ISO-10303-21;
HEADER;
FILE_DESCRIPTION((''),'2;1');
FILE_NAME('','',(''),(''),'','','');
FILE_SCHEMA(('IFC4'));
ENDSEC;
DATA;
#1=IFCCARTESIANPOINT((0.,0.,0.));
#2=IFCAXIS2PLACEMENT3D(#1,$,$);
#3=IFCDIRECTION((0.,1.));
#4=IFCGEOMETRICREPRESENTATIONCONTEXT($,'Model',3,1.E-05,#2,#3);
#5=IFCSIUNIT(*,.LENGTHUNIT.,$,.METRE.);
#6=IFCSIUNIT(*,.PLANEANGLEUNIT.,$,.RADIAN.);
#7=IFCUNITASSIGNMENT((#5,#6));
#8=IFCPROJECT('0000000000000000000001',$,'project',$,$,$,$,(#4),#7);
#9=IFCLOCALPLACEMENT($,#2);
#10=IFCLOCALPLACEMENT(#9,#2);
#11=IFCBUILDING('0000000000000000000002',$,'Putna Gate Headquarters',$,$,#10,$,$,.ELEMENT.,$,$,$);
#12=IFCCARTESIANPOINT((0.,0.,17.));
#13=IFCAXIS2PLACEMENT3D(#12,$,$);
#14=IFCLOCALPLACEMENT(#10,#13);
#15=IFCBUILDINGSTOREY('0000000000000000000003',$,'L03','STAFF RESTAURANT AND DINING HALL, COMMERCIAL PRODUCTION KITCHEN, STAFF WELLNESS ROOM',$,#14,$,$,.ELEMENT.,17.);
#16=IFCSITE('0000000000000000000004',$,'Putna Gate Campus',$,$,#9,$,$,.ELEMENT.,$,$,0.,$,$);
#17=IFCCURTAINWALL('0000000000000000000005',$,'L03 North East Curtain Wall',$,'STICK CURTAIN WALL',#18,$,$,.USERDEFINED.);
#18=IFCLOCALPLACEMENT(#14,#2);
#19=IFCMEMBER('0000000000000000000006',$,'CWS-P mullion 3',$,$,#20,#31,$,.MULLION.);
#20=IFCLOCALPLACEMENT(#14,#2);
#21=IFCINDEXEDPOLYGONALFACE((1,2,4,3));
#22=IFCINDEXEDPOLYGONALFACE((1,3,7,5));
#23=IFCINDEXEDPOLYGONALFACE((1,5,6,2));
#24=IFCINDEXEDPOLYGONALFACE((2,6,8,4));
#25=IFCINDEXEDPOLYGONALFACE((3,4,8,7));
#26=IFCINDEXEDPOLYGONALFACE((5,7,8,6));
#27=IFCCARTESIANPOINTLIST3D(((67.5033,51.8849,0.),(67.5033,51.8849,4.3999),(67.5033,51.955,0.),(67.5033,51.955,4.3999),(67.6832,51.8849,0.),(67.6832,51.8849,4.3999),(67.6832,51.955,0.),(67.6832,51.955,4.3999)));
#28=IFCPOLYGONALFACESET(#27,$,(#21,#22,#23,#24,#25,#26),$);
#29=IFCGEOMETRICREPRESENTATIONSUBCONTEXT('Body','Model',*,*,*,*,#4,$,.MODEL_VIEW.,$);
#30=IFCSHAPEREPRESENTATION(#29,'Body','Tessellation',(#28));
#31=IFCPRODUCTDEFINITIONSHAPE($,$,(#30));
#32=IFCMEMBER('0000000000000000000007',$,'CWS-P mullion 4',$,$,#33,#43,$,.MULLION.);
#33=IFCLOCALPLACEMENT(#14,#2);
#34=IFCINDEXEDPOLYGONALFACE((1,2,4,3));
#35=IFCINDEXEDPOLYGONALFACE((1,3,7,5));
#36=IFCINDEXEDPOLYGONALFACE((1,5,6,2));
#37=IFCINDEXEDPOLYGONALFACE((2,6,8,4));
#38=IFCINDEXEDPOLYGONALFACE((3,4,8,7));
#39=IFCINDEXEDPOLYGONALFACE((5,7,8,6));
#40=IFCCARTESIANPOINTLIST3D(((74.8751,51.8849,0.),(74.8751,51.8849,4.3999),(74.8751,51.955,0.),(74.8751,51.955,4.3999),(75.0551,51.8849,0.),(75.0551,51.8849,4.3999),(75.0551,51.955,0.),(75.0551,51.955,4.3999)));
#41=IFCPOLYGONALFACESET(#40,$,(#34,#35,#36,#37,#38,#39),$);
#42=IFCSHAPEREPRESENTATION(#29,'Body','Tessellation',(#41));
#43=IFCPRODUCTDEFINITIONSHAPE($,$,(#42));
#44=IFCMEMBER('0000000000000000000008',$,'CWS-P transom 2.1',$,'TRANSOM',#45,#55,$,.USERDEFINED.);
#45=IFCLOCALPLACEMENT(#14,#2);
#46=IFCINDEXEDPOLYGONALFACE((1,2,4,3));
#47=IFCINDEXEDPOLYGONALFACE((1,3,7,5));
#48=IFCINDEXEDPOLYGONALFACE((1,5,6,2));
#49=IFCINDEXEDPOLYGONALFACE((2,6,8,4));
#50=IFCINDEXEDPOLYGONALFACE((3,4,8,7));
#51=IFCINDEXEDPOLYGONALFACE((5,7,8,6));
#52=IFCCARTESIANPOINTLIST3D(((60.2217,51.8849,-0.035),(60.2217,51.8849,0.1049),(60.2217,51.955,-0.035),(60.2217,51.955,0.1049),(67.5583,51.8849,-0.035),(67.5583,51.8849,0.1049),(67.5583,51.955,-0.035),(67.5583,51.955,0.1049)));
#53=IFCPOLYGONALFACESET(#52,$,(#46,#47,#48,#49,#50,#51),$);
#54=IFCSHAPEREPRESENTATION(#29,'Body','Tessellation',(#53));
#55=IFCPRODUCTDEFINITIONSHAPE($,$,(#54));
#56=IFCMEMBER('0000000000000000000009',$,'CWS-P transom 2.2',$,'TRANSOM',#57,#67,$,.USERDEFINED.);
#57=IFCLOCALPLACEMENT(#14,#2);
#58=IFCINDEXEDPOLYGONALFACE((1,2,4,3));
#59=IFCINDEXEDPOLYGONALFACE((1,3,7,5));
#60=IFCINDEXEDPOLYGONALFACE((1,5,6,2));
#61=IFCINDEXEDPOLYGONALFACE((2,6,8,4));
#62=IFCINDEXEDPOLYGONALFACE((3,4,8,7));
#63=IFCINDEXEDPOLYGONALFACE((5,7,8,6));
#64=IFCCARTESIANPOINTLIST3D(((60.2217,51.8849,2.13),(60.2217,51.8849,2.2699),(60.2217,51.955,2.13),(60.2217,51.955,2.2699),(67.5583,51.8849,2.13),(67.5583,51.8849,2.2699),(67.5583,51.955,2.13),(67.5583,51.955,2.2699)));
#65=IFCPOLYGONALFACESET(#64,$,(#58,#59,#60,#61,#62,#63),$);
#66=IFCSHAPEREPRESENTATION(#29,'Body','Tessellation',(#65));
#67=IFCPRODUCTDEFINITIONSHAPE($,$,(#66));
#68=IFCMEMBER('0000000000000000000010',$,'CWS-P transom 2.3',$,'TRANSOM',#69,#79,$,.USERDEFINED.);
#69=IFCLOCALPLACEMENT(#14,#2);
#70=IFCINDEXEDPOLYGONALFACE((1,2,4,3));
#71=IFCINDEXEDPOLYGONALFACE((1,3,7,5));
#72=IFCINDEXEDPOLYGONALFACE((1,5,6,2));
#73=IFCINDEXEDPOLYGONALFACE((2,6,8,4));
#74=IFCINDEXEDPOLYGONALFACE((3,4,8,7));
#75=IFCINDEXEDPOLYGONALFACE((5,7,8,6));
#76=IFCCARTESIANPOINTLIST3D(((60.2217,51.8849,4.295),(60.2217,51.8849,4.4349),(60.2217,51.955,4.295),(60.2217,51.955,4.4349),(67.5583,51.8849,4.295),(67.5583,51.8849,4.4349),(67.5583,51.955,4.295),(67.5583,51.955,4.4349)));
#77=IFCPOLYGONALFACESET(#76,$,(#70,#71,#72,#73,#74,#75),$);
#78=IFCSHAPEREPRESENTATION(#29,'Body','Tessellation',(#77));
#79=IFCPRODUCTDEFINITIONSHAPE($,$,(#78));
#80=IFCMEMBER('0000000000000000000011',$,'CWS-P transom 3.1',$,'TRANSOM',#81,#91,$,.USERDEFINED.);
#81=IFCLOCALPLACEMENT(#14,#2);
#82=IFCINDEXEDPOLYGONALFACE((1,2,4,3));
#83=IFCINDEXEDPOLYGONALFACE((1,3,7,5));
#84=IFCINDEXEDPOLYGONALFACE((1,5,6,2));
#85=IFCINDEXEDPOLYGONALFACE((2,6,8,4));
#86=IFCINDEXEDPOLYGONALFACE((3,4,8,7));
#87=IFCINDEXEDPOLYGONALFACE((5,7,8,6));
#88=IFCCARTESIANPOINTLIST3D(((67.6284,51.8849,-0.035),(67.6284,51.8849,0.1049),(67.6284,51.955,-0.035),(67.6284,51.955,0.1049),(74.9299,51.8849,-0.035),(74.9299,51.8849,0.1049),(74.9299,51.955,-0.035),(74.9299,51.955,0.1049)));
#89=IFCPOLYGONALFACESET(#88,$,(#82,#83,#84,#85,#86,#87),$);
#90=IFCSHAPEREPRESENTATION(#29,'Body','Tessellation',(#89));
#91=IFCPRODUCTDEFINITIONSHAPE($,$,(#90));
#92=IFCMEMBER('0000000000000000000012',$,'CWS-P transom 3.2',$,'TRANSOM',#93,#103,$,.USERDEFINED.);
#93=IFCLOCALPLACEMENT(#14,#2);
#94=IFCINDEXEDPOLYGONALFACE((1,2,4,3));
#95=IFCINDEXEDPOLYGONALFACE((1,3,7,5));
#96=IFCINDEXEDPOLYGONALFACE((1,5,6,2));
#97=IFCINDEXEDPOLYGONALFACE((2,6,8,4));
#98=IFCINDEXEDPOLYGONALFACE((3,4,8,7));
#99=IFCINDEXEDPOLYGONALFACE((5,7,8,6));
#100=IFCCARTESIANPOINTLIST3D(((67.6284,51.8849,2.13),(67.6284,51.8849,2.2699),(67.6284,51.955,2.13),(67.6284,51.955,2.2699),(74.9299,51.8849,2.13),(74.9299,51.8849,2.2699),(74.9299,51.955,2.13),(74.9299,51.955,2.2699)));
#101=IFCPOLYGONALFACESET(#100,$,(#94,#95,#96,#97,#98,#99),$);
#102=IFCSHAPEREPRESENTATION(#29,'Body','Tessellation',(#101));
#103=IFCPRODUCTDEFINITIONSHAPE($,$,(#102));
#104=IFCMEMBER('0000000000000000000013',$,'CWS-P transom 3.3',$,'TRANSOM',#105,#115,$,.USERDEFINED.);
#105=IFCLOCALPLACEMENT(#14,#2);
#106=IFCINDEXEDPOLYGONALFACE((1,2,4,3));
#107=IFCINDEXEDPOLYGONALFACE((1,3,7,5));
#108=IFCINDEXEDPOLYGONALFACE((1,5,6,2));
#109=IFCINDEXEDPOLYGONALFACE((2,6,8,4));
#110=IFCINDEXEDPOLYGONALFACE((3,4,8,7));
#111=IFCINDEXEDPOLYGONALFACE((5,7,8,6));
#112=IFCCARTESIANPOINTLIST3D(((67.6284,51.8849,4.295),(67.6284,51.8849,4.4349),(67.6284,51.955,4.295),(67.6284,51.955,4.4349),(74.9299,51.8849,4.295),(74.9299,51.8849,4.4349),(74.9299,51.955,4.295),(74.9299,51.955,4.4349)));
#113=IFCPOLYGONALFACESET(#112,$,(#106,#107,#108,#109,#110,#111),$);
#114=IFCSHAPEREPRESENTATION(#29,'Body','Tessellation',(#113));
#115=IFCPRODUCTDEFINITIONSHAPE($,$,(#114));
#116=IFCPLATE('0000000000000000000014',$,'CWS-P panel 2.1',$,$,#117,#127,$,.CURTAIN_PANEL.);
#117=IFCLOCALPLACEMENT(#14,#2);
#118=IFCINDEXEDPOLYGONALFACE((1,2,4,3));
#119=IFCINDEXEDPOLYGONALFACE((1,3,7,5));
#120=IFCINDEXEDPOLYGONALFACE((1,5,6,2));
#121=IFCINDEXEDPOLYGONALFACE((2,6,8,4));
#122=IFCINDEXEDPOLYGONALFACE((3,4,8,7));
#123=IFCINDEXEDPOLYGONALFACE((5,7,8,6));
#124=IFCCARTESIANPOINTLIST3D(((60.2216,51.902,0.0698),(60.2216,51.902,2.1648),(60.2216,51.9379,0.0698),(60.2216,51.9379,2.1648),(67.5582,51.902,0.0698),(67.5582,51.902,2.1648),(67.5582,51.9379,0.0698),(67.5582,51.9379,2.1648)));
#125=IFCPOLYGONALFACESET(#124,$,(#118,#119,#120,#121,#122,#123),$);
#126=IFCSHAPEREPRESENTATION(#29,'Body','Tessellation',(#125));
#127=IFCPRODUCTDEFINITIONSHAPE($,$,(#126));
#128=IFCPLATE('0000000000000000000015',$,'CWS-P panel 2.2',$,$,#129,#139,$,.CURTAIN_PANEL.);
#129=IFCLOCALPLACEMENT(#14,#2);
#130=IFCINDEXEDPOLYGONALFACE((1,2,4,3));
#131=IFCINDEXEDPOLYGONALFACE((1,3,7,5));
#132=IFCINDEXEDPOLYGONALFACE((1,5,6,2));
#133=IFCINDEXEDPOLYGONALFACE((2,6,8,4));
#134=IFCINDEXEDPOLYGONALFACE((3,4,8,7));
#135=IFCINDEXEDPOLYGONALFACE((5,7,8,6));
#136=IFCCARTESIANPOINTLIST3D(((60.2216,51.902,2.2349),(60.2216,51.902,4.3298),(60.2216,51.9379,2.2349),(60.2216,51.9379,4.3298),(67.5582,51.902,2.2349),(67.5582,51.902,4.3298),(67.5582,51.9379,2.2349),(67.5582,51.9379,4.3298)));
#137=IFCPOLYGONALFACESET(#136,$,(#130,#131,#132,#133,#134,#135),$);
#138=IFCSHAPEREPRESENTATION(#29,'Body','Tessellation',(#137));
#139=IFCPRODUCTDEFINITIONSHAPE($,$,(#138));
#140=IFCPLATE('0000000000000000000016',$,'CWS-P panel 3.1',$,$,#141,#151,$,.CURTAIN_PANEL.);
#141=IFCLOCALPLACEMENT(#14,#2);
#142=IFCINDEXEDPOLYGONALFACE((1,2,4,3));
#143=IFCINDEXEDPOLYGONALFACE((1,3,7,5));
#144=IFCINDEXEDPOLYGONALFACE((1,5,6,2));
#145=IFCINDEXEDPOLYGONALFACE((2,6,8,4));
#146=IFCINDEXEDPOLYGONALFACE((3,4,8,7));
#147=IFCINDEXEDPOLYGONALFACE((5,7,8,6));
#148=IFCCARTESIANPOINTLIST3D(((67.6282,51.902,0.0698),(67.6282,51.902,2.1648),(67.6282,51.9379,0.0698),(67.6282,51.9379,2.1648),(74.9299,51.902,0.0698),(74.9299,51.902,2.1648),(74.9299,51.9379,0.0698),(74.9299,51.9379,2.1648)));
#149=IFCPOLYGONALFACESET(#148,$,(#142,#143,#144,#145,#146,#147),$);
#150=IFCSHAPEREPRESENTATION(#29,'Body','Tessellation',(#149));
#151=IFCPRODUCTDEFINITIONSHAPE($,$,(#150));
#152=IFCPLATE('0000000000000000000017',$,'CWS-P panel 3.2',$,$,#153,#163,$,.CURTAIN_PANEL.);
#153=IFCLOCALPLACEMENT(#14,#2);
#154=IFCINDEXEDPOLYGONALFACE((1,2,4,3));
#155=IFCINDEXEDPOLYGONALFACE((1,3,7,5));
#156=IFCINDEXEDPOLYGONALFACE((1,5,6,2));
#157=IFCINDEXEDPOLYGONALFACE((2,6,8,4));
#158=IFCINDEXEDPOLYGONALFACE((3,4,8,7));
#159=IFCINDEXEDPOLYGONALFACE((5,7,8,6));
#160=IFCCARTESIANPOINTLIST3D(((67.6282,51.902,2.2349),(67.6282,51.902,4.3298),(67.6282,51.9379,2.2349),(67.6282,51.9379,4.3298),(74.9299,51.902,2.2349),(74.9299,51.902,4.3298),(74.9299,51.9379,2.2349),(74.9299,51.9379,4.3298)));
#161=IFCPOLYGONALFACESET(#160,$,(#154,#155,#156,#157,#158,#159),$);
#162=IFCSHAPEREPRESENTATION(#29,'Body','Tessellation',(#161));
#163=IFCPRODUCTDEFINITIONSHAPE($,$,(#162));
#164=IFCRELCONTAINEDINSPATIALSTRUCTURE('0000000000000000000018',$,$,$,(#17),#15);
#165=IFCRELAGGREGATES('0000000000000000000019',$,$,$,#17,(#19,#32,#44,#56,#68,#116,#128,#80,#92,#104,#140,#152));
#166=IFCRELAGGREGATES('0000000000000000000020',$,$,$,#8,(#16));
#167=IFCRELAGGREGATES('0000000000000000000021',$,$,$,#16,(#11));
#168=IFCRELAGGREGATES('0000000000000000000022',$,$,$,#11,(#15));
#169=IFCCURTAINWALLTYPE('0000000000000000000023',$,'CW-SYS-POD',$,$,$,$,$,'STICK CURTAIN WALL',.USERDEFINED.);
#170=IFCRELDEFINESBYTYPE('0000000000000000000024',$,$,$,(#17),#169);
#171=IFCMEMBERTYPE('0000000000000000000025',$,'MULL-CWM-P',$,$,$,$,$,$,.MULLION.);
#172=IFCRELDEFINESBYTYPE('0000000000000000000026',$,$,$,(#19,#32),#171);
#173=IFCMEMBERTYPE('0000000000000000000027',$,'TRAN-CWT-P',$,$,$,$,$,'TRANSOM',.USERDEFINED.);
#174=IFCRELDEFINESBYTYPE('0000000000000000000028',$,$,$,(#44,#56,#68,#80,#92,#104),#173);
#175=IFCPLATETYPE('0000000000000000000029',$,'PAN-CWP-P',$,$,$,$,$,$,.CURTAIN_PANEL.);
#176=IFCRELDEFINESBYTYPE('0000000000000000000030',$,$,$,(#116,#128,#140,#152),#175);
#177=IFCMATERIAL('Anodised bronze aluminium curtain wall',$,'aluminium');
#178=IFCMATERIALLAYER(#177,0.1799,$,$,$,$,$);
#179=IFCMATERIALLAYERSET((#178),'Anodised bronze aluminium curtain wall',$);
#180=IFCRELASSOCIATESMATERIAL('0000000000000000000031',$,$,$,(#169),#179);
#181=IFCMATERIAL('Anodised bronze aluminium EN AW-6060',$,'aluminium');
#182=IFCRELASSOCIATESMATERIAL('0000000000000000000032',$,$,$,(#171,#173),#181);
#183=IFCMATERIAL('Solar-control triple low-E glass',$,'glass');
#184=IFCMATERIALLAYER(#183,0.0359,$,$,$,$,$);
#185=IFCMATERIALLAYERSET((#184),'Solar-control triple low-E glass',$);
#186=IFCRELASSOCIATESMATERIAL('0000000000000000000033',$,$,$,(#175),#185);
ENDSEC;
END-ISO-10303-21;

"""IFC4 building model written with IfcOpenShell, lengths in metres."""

from ifc_helpers import new_model, si_unit, direction, frame, origin, origin_2d, place, context, subcontext, project, spatial, rectangle, extrude, material, layer, layer_set, material_profile, profile_set, type_object, element, aggregate, save


model = new_model("IFC4")

# Units and contexts
model_context = context("Model", 3, precision=1e-05, world=origin(), true_north=direction((0.0, 1.0)))
body_context = subcontext(model_context, "Body", "Model", "MODEL_VIEW")
ifc_project = project(units=[si_unit("LENGTHUNIT", "METRE"), si_unit("PLANEANGLEUNIT", "RADIAN")], contexts=[model_context])

# Site, building, storey
site_placement = place(None, origin())
site = spatial("IfcSite", under=ifc_project, at=site_placement, Name="Putna Gate Campus", CompositionType="ELEMENT", RefElevation=0.0)
building_placement = place(site_placement, origin())
building = spatial("IfcBuilding", under=site, at=building_placement, Name="Putna Gate Headquarters", CompositionType="ELEMENT")
storey_placement = place(building_placement, frame((0.0, 0.0, 17.0)))
storey = spatial("IfcBuildingStorey", under=building, at=storey_placement, Name="L03", Description="STAFF RESTAURANT AND DINING HALL, COMMERCIAL PRODUCTION KITCHEN, STAFF WELLNESS ROOM", CompositionType="ELEMENT", Elevation=17.0)

# Curtain wall, members, plates
ifc_material_1 = material(Name="Anodised bronze aluminium curtain wall", Category="aluminium")
ifc_layer_1 = layer(ifc_material_1, 0.1799)
ifc_layer_set_1 = layer_set([ifc_layer_1], Name="Anodised bronze aluminium curtain wall")
curtain_wall_type = type_object("IfcCurtainWallType", Name="CW-SYS-POD", ElementType="STICK CURTAIN WALL", PredefinedType="USERDEFINED", material=ifc_layer_set_1)
curtain_wall_placement = place(storey_placement, origin())
curtain_wall = element("IfcCurtainWall", 1, at=curtain_wall_placement, inside=storey, type_object=curtain_wall_type, Name="L03 North East Curtain Wall", ObjectType="STICK CURTAIN WALL", PredefinedType="USERDEFINED")
ifc_material_2 = material(Name="Anodised bronze aluminium EN AW-6060", Category="aluminium")
ifc_material_profile_1 = material_profile(ifc_material_2, rectangle(XDim=0.0701, YDim=0.1799, at=origin_2d()), Name="Anodised bronze aluminium EN AW-6060")
ifc_profile_set_1 = profile_set([ifc_material_profile_1], Name="Anodised bronze aluminium EN AW-6060")
member_type_1 = type_object("IfcMemberType", Name="MULL-CWM-P", PredefinedType="MULLION", material=ifc_profile_set_1)
member_1_placement = place(storey_placement, frame((67.5933, 51.9199, 0.0), z_axis=(0.0, 0.0, 1.0), x_axis=(0.0, 1.0, 0.0)))
member_1 = element("IfcMember", 2, at=member_1_placement, type_object=member_type_1, Name="CWS-P mullion 3", PredefinedType="MULLION", context=body_context, shape_type="SweptSolid", body=[
    extrude(rectangle(XDim=0.0701, YDim=0.1799, at=origin_2d()), origin(), (0.0, 0.0, 1.0), 4.3999),
])
member_2_placement = place(storey_placement, frame((74.9651, 51.9199, 0.0), z_axis=(0.0, 0.0, 1.0), x_axis=(0.0, 1.0, 0.0)))
member_2 = element("IfcMember", 3, at=member_2_placement, type_object=member_type_1, Name="CWS-P mullion 4", PredefinedType="MULLION", context=body_context, shape_type="SweptSolid", body=[
    extrude(rectangle(XDim=0.0701, YDim=0.1799, at=origin_2d()), origin(), (0.0, 0.0, 1.0), 4.3999),
])
ifc_material_profile_2 = material_profile(ifc_material_2, rectangle(XDim=0.0701, YDim=0.1399, at=origin_2d()), Name="Anodised bronze aluminium EN AW-6060")
ifc_profile_set_2 = profile_set([ifc_material_profile_2], Name="Anodised bronze aluminium EN AW-6060")
member_type_2 = type_object("IfcMemberType", Name="TRAN-CWT-P", ElementType="TRANSOM", PredefinedType="USERDEFINED", material=ifc_profile_set_2)
member_3_placement = place(storey_placement, frame((60.2217, 51.9199, 0.0349), z_axis=(1.0, 0.0, 0.0), x_axis=(0.0, 1.0, 0.0)))
member_3 = element("IfcMember", 4, at=member_3_placement, type_object=member_type_2, Name="CWS-P transom 2.1", ObjectType="TRANSOM", PredefinedType="USERDEFINED", context=body_context, shape_type="SweptSolid", body=[
    extrude(rectangle(XDim=0.0701, YDim=0.1399, at=origin_2d()), origin(), (0.0, 0.0, 1.0), 7.3367),
])
member_4_placement = place(storey_placement, frame((60.2217, 51.9199, 2.2), z_axis=(1.0, 0.0, 0.0), x_axis=(0.0, 1.0, 0.0)))
member_4 = element("IfcMember", 5, at=member_4_placement, type_object=member_type_2, Name="CWS-P transom 2.2", ObjectType="TRANSOM", PredefinedType="USERDEFINED", context=body_context, shape_type="SweptSolid", body=[
    extrude(rectangle(XDim=0.0701, YDim=0.1399, at=origin_2d()), origin(), (0.0, 0.0, 1.0), 7.3367),
])
member_5_placement = place(storey_placement, frame((60.2217, 51.9199, 4.365), z_axis=(1.0, 0.0, 0.0), x_axis=(0.0, 1.0, 0.0)))
member_5 = element("IfcMember", 6, at=member_5_placement, type_object=member_type_2, Name="CWS-P transom 2.3", ObjectType="TRANSOM", PredefinedType="USERDEFINED", context=body_context, shape_type="SweptSolid", body=[
    extrude(rectangle(XDim=0.0701, YDim=0.1399, at=origin_2d()), origin(), (0.0, 0.0, 1.0), 7.3367),
])
member_6_placement = place(storey_placement, frame((67.6284, 51.9199, 0.0349), z_axis=(1.0, 0.0, 0.0), x_axis=(0.0, 1.0, 0.0)))
member_6 = element("IfcMember", 7, at=member_6_placement, type_object=member_type_2, Name="CWS-P transom 3.1", ObjectType="TRANSOM", PredefinedType="USERDEFINED", context=body_context, shape_type="SweptSolid", body=[
    extrude(rectangle(XDim=0.0701, YDim=0.1399, at=origin_2d()), origin(), (0.0, 0.0, 1.0), 7.3015),
])
member_7_placement = place(storey_placement, frame((67.6284, 51.9199, 2.2), z_axis=(1.0, 0.0, 0.0), x_axis=(0.0, 1.0, 0.0)))
member_7 = element("IfcMember", 8, at=member_7_placement, type_object=member_type_2, Name="CWS-P transom 3.2", ObjectType="TRANSOM", PredefinedType="USERDEFINED", context=body_context, shape_type="SweptSolid", body=[
    extrude(rectangle(XDim=0.0701, YDim=0.1399, at=origin_2d()), origin(), (0.0, 0.0, 1.0), 7.3015),
])
member_8_placement = place(storey_placement, frame((67.6284, 51.9199, 4.365), z_axis=(1.0, 0.0, 0.0), x_axis=(0.0, 1.0, 0.0)))
member_8 = element("IfcMember", 9, at=member_8_placement, type_object=member_type_2, Name="CWS-P transom 3.3", ObjectType="TRANSOM", PredefinedType="USERDEFINED", context=body_context, shape_type="SweptSolid", body=[
    extrude(rectangle(XDim=0.0701, YDim=0.1399, at=origin_2d()), origin(), (0.0, 0.0, 1.0), 7.3015),
])
ifc_material_3 = material(Name="Solar-control triple low-E glass", Category="glass")
ifc_layer_2 = layer(ifc_material_3, 0.0359)
ifc_layer_set_2 = layer_set([ifc_layer_2], Name="Solar-control triple low-E glass")
plate_type = type_object("IfcPlateType", Name="PAN-CWP-P", PredefinedType="CURTAIN_PANEL", material=ifc_layer_set_2)
plate_1_placement = place(storey_placement, frame((63.8899, 51.9199, 0.0698), z_axis=(0.0, 0.0, 1.0), x_axis=(1.0, 0.0, 0.0)))
plate_1 = element("IfcPlate", 10, at=plate_1_placement, type_object=plate_type, Name="CWS-P panel 2.1", PredefinedType="CURTAIN_PANEL", context=body_context, shape_type="SweptSolid", body=[
    extrude(rectangle(XDim=7.3367, YDim=0.0359, at=origin_2d()), origin(), (0.0, 0.0, 1.0), 2.095),
])
plate_2_placement = place(storey_placement, frame((63.8899, 51.9199, 2.2349), z_axis=(0.0, 0.0, 1.0), x_axis=(1.0, 0.0, 0.0)))
plate_2 = element("IfcPlate", 11, at=plate_2_placement, type_object=plate_type, Name="CWS-P panel 2.2", PredefinedType="CURTAIN_PANEL", context=body_context, shape_type="SweptSolid", body=[
    extrude(rectangle(XDim=7.3367, YDim=0.0359, at=origin_2d()), origin(), (0.0, 0.0, 1.0), 2.095),
])
plate_3_placement = place(storey_placement, frame((71.2791, 51.9199, 0.0698), z_axis=(0.0, 0.0, 1.0), x_axis=(1.0, 0.0, 0.0)))
plate_3 = element("IfcPlate", 12, at=plate_3_placement, type_object=plate_type, Name="CWS-P panel 3.1", PredefinedType="CURTAIN_PANEL", context=body_context, shape_type="SweptSolid", body=[
    extrude(rectangle(XDim=7.3018, YDim=0.0359, at=origin_2d()), origin(), (0.0, 0.0, 1.0), 2.095),
])
plate_4_placement = place(storey_placement, frame((71.2791, 51.9199, 2.2349), z_axis=(0.0, 0.0, 1.0), x_axis=(1.0, 0.0, 0.0)))
plate_4 = element("IfcPlate", 13, at=plate_4_placement, type_object=plate_type, Name="CWS-P panel 3.2", PredefinedType="CURTAIN_PANEL", context=body_context, shape_type="SweptSolid", body=[
    extrude(rectangle(XDim=7.3018, YDim=0.0359, at=origin_2d()), origin(), (0.0, 0.0, 1.0), 2.095),
])
aggregate(curtain_wall, [member_1, member_2, member_3, member_4, member_5, plate_1, plate_2, member_6, member_7, member_8, plate_3, plate_4])

save(model, "model.ifc")
